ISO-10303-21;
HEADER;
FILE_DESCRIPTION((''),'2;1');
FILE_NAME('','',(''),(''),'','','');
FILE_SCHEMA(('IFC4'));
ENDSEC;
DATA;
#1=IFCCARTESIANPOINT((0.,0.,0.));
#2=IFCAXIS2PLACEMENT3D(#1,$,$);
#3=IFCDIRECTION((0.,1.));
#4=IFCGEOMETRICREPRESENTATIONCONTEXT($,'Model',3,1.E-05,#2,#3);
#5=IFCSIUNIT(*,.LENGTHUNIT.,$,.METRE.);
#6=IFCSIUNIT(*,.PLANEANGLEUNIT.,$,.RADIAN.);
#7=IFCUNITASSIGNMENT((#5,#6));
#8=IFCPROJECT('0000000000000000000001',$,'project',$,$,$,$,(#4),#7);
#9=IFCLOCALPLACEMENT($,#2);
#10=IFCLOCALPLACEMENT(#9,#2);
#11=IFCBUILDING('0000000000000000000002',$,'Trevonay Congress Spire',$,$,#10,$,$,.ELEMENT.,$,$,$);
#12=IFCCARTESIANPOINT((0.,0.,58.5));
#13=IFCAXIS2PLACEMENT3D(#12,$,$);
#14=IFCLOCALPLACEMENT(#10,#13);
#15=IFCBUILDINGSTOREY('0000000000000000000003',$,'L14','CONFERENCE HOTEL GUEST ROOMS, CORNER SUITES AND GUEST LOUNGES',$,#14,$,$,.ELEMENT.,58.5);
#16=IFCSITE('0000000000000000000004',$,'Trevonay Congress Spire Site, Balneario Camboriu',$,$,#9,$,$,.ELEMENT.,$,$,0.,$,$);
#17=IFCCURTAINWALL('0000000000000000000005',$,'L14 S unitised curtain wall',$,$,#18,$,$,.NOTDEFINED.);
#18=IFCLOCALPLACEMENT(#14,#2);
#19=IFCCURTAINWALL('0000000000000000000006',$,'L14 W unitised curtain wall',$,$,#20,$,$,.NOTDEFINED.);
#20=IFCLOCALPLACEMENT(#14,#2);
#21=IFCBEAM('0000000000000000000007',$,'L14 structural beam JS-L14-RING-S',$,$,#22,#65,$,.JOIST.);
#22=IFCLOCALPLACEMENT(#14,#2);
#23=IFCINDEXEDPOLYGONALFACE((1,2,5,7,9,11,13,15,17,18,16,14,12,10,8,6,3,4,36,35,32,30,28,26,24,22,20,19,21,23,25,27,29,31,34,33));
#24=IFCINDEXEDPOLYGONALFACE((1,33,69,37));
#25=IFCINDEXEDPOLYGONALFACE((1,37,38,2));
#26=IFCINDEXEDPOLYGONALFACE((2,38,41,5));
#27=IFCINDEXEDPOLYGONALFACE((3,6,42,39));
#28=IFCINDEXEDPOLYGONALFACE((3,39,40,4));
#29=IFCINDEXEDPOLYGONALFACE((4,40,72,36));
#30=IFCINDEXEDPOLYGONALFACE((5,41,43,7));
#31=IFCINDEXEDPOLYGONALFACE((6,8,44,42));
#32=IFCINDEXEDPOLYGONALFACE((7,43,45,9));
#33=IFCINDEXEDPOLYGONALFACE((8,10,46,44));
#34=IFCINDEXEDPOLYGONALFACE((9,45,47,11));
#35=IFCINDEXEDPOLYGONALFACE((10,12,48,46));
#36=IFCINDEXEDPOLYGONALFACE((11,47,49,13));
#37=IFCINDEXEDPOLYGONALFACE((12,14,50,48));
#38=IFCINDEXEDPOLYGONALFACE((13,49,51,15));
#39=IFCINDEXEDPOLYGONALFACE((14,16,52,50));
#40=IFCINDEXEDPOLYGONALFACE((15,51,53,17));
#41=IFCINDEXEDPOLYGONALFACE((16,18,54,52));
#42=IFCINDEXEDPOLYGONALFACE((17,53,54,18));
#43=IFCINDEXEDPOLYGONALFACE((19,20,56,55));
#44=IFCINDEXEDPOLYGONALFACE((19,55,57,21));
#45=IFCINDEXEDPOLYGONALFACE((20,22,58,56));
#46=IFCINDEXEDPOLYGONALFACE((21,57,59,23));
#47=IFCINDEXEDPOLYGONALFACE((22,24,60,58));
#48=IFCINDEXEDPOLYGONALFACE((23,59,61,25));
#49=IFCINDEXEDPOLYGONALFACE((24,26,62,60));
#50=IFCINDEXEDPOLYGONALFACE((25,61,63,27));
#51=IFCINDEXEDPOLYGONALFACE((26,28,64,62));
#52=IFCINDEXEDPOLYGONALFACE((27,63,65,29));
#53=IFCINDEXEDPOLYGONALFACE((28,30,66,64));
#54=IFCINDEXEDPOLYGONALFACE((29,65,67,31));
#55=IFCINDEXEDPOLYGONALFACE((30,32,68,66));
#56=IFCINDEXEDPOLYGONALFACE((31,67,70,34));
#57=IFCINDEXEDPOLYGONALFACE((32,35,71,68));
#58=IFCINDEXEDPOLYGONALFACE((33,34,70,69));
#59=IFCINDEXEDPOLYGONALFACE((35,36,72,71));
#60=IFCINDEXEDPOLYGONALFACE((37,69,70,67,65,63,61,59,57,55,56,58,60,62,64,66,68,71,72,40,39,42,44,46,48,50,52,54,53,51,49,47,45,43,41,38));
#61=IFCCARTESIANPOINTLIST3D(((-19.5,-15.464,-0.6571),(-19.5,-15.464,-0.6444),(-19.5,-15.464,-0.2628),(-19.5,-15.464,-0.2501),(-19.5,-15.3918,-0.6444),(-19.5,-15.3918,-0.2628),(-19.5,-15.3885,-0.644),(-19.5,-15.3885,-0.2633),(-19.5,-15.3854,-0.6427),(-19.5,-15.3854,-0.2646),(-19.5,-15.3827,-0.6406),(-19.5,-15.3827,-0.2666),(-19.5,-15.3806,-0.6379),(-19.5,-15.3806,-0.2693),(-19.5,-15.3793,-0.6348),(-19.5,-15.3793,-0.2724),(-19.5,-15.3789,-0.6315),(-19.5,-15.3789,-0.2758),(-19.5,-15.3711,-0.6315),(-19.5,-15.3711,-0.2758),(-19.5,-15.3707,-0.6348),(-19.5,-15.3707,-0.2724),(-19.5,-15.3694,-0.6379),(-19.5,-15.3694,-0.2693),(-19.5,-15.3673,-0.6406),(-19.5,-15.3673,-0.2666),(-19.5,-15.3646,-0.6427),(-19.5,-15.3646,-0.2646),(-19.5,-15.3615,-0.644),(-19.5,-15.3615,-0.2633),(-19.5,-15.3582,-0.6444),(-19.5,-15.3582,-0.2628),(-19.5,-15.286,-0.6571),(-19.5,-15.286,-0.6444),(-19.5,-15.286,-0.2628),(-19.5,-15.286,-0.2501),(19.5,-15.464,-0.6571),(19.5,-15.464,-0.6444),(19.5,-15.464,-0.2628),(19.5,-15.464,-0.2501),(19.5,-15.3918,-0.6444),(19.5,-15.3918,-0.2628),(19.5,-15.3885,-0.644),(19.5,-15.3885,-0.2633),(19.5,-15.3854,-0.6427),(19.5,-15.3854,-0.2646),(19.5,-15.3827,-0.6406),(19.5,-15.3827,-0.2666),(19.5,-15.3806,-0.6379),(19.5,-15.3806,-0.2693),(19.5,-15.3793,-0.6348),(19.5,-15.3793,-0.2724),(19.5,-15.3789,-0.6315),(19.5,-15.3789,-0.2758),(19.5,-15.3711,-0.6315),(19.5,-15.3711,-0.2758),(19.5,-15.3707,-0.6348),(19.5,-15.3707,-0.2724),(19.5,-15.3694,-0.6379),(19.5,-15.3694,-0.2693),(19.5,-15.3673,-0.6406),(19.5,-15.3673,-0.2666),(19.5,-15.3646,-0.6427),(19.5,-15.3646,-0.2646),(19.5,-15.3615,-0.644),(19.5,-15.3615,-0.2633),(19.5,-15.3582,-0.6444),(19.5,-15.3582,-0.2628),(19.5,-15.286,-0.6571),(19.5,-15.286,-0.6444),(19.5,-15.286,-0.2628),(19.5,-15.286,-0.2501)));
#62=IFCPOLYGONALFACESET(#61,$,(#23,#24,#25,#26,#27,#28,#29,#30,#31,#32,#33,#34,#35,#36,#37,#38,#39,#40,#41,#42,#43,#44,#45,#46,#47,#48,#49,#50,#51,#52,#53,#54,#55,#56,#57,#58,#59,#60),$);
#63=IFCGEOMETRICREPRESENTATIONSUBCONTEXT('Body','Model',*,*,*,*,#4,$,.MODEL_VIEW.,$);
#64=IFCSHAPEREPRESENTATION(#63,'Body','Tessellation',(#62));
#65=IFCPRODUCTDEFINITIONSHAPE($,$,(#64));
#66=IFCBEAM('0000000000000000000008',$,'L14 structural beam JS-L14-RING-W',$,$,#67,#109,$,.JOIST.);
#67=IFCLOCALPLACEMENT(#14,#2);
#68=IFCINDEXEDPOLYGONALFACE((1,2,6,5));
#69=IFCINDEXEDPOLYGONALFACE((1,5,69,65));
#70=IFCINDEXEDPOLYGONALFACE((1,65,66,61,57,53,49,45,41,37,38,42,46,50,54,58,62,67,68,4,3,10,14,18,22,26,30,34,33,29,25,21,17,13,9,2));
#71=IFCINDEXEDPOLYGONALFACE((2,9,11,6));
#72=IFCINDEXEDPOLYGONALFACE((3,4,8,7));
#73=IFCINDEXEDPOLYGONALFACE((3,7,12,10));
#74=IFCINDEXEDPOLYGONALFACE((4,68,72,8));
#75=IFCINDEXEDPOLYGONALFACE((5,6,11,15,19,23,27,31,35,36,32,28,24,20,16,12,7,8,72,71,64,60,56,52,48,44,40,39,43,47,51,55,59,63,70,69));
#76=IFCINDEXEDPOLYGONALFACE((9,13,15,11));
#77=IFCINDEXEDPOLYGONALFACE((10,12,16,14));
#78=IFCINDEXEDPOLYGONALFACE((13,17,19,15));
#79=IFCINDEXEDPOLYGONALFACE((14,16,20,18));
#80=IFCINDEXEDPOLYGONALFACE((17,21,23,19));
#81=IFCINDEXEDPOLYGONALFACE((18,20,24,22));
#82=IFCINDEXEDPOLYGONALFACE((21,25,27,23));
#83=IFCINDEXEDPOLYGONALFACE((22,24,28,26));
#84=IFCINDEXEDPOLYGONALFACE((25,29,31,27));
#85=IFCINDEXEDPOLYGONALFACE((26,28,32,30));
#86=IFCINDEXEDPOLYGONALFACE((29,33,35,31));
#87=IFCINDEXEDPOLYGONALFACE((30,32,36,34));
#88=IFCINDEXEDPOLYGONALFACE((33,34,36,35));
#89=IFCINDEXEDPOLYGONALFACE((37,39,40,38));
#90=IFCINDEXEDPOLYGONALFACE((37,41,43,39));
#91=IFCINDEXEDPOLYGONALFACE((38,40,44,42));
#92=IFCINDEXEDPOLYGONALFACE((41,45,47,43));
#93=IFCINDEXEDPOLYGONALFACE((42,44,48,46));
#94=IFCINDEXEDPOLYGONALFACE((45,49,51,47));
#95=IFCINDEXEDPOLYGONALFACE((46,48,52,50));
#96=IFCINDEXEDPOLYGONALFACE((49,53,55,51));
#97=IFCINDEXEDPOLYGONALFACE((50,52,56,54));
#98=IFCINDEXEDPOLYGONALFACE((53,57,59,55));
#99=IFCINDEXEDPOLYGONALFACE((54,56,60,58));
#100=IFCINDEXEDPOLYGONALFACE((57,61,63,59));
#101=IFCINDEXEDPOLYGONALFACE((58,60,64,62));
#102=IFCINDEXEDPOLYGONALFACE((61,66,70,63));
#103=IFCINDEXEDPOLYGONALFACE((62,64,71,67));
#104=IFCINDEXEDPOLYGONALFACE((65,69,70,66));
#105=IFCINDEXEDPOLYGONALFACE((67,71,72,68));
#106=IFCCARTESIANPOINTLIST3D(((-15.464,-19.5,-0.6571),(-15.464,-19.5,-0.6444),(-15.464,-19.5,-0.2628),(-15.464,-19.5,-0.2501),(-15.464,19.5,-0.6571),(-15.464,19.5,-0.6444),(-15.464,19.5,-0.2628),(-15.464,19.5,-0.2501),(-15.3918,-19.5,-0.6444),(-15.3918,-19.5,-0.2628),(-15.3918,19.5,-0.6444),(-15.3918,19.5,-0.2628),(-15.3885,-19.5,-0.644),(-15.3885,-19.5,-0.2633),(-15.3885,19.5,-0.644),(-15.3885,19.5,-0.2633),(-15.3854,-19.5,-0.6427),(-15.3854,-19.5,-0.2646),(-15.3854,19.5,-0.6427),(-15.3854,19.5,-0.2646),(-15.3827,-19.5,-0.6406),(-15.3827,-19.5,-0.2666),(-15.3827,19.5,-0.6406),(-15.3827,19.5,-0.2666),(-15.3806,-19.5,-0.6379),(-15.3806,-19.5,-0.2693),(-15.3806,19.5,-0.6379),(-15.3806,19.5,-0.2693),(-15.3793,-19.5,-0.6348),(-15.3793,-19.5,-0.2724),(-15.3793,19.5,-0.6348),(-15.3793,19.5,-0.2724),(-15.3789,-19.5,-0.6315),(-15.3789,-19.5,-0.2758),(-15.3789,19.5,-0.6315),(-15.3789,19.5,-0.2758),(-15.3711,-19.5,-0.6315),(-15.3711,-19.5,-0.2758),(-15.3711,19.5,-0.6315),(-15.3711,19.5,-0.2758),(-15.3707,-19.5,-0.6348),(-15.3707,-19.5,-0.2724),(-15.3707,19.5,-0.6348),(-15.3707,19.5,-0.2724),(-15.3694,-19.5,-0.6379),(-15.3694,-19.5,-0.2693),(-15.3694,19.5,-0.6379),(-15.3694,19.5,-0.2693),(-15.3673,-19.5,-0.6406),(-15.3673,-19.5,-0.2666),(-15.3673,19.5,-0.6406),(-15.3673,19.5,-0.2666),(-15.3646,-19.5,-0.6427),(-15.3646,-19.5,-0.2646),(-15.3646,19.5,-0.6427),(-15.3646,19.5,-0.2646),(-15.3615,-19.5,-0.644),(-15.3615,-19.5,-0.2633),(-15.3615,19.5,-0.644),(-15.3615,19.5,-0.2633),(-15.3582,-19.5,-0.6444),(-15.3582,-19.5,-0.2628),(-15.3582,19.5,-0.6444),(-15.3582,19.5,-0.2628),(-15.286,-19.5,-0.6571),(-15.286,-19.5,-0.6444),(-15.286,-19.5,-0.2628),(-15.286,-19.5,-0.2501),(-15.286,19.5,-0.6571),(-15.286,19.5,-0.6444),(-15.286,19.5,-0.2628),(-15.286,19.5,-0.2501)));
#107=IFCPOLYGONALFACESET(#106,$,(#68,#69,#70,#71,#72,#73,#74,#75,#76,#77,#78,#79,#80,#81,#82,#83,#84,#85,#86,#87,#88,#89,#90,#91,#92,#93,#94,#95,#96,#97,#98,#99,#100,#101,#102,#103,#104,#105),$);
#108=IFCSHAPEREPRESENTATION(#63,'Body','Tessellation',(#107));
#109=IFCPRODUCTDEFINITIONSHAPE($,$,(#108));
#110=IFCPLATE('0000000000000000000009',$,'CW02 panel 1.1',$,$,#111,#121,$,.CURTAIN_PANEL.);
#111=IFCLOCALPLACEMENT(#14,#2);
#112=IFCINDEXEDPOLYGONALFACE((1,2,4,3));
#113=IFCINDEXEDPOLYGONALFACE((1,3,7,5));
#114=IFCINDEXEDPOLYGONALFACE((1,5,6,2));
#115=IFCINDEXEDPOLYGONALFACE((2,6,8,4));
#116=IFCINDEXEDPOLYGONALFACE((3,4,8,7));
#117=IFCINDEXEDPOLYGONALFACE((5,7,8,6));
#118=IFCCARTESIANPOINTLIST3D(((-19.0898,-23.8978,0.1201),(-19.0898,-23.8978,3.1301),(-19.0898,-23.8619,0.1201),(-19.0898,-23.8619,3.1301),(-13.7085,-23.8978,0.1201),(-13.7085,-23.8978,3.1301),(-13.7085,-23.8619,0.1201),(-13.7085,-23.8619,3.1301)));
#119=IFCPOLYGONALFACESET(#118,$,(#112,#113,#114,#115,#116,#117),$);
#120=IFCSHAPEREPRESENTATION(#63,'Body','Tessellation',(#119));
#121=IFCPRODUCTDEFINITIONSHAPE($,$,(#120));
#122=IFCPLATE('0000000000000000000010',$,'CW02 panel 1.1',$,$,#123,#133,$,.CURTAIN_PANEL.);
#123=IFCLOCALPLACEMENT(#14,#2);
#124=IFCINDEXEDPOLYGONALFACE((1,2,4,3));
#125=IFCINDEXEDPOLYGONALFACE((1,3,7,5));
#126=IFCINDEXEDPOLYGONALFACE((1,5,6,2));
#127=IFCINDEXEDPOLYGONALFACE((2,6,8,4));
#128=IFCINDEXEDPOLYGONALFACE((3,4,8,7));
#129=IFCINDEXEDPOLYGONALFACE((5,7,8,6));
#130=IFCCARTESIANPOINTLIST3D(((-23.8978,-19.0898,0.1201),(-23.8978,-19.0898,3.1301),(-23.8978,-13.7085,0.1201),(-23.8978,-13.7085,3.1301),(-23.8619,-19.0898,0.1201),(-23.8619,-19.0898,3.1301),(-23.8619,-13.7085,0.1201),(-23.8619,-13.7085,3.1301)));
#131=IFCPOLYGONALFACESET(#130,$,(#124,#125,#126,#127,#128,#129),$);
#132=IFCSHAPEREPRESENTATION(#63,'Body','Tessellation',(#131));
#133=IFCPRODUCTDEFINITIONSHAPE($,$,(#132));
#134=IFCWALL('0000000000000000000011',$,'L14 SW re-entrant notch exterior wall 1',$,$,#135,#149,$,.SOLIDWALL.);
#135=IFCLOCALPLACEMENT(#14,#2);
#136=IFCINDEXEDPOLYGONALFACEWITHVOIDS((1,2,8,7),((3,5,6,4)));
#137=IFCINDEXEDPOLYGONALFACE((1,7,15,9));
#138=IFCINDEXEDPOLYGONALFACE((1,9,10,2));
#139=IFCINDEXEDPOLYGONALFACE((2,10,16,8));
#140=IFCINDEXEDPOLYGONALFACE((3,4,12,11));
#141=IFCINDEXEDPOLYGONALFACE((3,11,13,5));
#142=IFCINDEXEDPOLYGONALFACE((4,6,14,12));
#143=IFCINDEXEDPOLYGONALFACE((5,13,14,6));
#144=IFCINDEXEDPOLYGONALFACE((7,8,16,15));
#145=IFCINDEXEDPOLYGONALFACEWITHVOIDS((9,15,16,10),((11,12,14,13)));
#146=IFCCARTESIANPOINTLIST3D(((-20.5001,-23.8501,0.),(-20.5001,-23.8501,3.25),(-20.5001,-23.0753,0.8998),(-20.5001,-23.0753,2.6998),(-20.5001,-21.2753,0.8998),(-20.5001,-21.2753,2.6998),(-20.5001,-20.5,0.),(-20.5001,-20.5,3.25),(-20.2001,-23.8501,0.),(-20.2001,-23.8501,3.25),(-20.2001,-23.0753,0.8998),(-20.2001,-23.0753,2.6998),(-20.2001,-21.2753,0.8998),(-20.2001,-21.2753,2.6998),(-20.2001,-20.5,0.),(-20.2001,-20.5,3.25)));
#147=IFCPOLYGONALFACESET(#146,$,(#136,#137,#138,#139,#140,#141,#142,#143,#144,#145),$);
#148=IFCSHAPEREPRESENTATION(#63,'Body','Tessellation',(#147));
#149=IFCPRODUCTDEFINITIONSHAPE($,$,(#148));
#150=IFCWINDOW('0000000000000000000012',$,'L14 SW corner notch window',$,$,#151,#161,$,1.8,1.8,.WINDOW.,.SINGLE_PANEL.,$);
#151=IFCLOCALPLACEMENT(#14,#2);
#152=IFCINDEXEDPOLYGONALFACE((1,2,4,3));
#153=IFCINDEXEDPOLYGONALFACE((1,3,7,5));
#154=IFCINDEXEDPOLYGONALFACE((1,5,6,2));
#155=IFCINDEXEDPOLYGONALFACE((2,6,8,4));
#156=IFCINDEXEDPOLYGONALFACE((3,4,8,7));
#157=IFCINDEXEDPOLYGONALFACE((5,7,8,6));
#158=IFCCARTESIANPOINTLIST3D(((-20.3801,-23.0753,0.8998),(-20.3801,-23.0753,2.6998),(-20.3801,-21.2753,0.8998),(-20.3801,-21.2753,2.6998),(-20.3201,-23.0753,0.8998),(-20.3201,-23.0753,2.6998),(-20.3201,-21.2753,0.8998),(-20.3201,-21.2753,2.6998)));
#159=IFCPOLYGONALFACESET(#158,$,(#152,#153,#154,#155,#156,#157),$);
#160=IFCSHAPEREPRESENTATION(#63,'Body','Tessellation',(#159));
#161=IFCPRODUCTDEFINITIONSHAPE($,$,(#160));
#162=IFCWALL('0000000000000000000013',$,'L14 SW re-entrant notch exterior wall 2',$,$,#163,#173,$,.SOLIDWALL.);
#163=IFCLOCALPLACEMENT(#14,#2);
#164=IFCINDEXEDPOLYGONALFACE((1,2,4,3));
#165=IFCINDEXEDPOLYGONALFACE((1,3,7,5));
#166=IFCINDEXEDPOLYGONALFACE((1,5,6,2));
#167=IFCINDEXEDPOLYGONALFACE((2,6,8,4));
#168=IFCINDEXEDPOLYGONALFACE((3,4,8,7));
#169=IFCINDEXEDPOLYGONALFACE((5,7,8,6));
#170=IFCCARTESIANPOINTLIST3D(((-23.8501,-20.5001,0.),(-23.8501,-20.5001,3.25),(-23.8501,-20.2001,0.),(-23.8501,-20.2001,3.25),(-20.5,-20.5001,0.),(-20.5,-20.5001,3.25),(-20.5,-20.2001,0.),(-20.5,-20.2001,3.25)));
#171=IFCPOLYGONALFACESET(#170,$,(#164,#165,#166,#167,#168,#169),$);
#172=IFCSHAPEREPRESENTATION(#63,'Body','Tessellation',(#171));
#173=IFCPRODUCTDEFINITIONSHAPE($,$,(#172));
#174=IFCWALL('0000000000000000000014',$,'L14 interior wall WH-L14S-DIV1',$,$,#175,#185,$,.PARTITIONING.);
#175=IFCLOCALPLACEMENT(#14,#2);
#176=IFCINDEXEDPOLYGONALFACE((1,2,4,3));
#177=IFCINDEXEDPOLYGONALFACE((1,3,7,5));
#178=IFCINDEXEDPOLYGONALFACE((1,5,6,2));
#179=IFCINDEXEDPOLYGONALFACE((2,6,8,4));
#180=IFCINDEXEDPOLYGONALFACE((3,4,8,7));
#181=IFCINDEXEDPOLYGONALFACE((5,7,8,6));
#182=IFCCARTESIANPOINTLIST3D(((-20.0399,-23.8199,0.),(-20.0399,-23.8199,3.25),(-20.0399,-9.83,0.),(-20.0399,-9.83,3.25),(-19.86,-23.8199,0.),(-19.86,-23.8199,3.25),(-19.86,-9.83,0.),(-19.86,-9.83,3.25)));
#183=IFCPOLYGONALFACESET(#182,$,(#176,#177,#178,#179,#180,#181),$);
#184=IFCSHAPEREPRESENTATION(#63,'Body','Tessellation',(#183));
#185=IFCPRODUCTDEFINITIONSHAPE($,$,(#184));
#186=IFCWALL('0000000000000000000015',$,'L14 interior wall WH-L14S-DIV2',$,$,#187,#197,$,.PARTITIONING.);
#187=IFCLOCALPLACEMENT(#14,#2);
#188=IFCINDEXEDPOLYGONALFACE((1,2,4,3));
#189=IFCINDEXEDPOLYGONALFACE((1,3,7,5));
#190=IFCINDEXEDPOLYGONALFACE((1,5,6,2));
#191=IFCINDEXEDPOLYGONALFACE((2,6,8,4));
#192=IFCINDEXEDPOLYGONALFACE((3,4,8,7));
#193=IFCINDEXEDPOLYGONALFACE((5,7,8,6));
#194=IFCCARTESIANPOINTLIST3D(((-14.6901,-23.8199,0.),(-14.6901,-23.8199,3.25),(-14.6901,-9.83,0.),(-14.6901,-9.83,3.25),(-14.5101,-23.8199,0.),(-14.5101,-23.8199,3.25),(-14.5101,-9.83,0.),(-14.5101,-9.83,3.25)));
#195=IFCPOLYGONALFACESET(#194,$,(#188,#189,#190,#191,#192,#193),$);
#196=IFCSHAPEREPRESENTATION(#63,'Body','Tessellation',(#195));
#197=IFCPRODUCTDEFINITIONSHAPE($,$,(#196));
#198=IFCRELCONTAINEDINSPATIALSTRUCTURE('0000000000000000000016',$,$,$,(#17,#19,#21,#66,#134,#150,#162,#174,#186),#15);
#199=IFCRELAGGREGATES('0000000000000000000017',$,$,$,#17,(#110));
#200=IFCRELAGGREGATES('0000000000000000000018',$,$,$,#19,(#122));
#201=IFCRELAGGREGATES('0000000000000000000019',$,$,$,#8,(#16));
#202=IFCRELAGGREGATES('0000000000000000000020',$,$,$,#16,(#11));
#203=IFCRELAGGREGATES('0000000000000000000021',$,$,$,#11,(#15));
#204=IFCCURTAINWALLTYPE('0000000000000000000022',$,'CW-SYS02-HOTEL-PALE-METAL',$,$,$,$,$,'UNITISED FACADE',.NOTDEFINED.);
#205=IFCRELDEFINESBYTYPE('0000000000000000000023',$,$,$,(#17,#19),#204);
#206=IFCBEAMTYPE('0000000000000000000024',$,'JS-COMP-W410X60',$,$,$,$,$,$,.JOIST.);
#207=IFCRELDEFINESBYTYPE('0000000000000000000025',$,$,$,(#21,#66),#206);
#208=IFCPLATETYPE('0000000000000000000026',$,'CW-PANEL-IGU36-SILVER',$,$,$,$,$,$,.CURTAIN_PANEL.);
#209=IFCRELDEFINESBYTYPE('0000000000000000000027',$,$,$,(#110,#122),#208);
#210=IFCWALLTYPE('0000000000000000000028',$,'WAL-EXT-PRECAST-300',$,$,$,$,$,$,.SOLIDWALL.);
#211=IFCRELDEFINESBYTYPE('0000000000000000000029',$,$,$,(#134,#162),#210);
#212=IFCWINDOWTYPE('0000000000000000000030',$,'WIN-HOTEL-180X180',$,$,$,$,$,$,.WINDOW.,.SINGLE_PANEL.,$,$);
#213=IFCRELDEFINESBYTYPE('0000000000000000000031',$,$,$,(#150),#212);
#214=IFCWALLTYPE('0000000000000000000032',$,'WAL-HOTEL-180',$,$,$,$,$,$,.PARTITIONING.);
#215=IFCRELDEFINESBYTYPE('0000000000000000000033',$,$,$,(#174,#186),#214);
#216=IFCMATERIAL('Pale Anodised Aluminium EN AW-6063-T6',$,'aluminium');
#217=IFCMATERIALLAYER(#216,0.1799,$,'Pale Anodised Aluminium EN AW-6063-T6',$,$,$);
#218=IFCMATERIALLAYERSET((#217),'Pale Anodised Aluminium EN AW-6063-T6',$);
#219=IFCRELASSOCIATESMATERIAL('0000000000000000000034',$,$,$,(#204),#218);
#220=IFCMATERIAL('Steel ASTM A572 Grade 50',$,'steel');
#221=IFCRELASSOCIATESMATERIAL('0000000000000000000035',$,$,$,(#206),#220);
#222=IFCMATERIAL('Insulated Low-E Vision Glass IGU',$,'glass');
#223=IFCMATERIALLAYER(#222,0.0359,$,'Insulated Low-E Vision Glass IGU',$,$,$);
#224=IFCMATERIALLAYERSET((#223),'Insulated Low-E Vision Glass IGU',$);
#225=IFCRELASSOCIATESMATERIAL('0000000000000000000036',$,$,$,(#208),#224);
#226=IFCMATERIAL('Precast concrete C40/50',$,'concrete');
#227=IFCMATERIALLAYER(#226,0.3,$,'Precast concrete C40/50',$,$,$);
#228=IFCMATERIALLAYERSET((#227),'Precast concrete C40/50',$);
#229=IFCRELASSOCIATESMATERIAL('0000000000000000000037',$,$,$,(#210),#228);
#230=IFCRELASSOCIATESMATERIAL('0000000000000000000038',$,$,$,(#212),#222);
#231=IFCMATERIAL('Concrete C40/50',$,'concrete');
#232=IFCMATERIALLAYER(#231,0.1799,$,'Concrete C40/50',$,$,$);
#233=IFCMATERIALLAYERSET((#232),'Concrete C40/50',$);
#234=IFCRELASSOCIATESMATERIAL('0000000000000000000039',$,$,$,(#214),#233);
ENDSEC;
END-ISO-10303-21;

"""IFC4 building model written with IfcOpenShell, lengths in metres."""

from ifc_helpers import new_model, si_unit, direction, frame, frame_2d, origin, origin_2d, place, context, subcontext, project, spatial, rectangle, i_section, extrude, material, layer, layer_set, material_profile, profile_set, type_object, element, fill, aggregate, save


model = new_model("IFC4")

# Units and contexts
model_context = context("Model", 3, precision=1e-05, world=origin(), true_north=direction((0.0, 1.0)))
body_context = subcontext(model_context, "Body", "Model", "MODEL_VIEW")
ifc_project = project(units=[si_unit("LENGTHUNIT", "METRE"), si_unit("PLANEANGLEUNIT", "RADIAN")], contexts=[model_context])

# Site, building, storey
site_placement = place(None, origin())
site = spatial("IfcSite", under=ifc_project, at=site_placement, Name="Trevonay Congress Spire Site, Balneario Camboriu", CompositionType="ELEMENT", RefElevation=0.0)
building_placement = place(site_placement, origin())
building = spatial("IfcBuilding", under=site, at=building_placement, Name="Trevonay Congress Spire", CompositionType="ELEMENT")
storey_placement = place(building_placement, frame((0.0, 0.0, 58.5)))
storey = spatial("IfcBuildingStorey", under=building, at=storey_placement, Name="L14", Description="CONFERENCE HOTEL GUEST ROOMS, CORNER SUITES AND GUEST LOUNGES", CompositionType="ELEMENT", Elevation=58.5)

# Shared definitions
ifc_material_1 = material(Name="Steel ASTM A572 Grade 50", Category="steel")

# Curtain walls
ifc_material_2 = material(Name="Pale Anodised Aluminium EN AW-6063-T6", Category="aluminium")
ifc_layer_1 = layer(ifc_material_2, 0.1799, Name="Pale Anodised Aluminium EN AW-6063-T6")
ifc_layer_set_1 = layer_set([ifc_layer_1], Name="Pale Anodised Aluminium EN AW-6063-T6")
curtain_wall_type = type_object("IfcCurtainWallType", Name="CW-SYS02-HOTEL-PALE-METAL", ElementType="UNITISED FACADE", PredefinedType="NOTDEFINED", material=ifc_layer_set_1)
curtain_wall_1_placement = place(storey_placement, origin())
curtain_wall_1 = element("IfcCurtainWall", 1, at=curtain_wall_1_placement, inside=storey, type_object=curtain_wall_type, Name="L14 S unitised curtain wall", PredefinedType="NOTDEFINED")
curtain_wall_2_placement = place(storey_placement, origin())
curtain_wall_2 = element("IfcCurtainWall", 2, at=curtain_wall_2_placement, inside=storey, type_object=curtain_wall_type, Name="L14 W unitised curtain wall", PredefinedType="NOTDEFINED")

# Beams
ifc_material_profile_1 = material_profile(ifc_material_1, i_section(OverallWidth=0.178, OverallDepth=0.407, WebThickness=0.0078, FlangeThickness=0.0127, FilletRadius=0.0129, at=origin_2d()), Name="W410x60")
ifc_profile_set_1 = profile_set([ifc_material_profile_1], Name="Steel ASTM A572 Grade 50")
beam_type_1 = type_object("IfcBeamType", Name="JS-COMP-W410X60", PredefinedType="JOIST", material=ifc_profile_set_1)
for number, where, z_axis, x_axis, name in (
    (3, (-19.5, -15.375, -0.4536), (1.0, 0.0, 0.0), (0.0, 1.0, 0.0), "L14 structural beam JS-L14-RING-S"),
    (4, (-15.375, -19.5, -0.4536), (0.0, 1.0, 0.0), (-1.0, 0.0, 0.0), "L14 structural beam JS-L14-RING-W"),
):
    element("IfcBeam", number, at=place(storey_placement, frame(where, z_axis=z_axis, x_axis=x_axis)), inside=storey, type_object=beam_type_1, Name=name, PredefinedType="JOIST", context=body_context, shape_type="SweptSolid", body=[
        extrude(i_section(OverallWidth=0.178, OverallDepth=0.407, WebThickness=0.0078, FlangeThickness=0.0127, FilletRadius=0.0129, at=origin_2d()), origin(), (0.0, 0.0, 1.0), 39.0),
    ])

# Plates
ifc_material_3 = material(Name="Insulated Low-E Vision Glass IGU", Category="glass")
ifc_layer_2 = layer(ifc_material_3, 0.0359, Name="Insulated Low-E Vision Glass IGU")
ifc_layer_set_2 = layer_set([ifc_layer_2], Name="Insulated Low-E Vision Glass IGU")
plate_type = type_object("IfcPlateType", Name="CW-PANEL-IGU36-SILVER", PredefinedType="CURTAIN_PANEL", material=ifc_layer_set_2)
plate_1_placement = place(storey_placement, frame((-16.3992, -23.8799, 0.1201), z_axis=(0.0, 0.0, 1.0), x_axis=(1.0, 0.0, 0.0)))
plate_1 = element("IfcPlate", 5, at=plate_1_placement, type_object=plate_type, Name="CW02 panel 1.1", PredefinedType="CURTAIN_PANEL", context=body_context, shape_type="SweptSolid", body=[
    extrude(rectangle(XDim=5.3813, YDim=0.0359, at=origin_2d()), origin(), (0.0, 0.0, 1.0), 3.01),
])
aggregate(curtain_wall_1, [plate_1])
plate_2_placement = place(storey_placement, frame((-23.8799, -16.3992, 0.1201), z_axis=(0.0, 0.0, 1.0), x_axis=(0.0, 1.0, 0.0)))
plate_2 = element("IfcPlate", 6, at=plate_2_placement, type_object=plate_type, Name="CW02 panel 1.1", PredefinedType="CURTAIN_PANEL", context=body_context, shape_type="SweptSolid", body=[
    extrude(rectangle(XDim=5.3813, YDim=0.0359, at=origin_2d()), origin(), (0.0, 0.0, 1.0), 3.01),
])
aggregate(curtain_wall_2, [plate_2])

# Wall, opening, window
ifc_material_4 = material(Name="Precast concrete C40/50", Category="concrete")
ifc_layer_3 = layer(ifc_material_4, 0.3, Name="Precast concrete C40/50")
ifc_layer_set_3 = layer_set([ifc_layer_3], Name="Precast concrete C40/50")
wall_type_1 = type_object("IfcWallType", Name="WAL-EXT-PRECAST-300", PredefinedType="SOLIDWALL", material=ifc_layer_set_3)
wall_1_placement = place(storey_placement, frame((-20.3501, -23.8501, 0.0), z_axis=(0.0, 0.0, 1.0), x_axis=(0.0, 1.0, 0.0)))
wall_1 = element("IfcWall", 7, at=wall_1_placement, inside=storey, type_object=wall_type_1, Name="L14 SW re-entrant notch exterior wall 1", PredefinedType="SOLIDWALL", context=body_context, shape_type="SweptSolid", body=[
    extrude(rectangle(XDim=3.3501, YDim=0.3, at=frame_2d((1.675, 0.0))), origin(), (0.0, 0.0, 1.0), 3.25),
])
opening_placement = place(wall_1_placement, frame((0.7749, 0.0, 0.8999)))
opening = element("IfcOpeningElement", 8, at=opening_placement, cuts=wall_1, PredefinedType="OPENING", context=body_context, shape_type="SweptSolid", body=[
    extrude(rectangle(XDim=1.8, YDim=1.8, at=frame_2d((0.8999, 0.8999))), frame((0.0, 0.1602, 0.0), z_axis=(0.0, -1.0, 0.0), x_axis=(1.0, 0.0, 0.0)), (0.0, 0.0, 1.0), 0.3201),
])
window_type = type_object("IfcWindowType", Name="WIN-HOTEL-180X180", PartitioningType="SINGLE_PANEL", PredefinedType="WINDOW", material=ifc_material_3)
window_placement = place(opening_placement, origin())
window = element("IfcWindow", 9, at=window_placement, inside=storey, type_object=window_type, Name="L14 SW corner notch window", OverallHeight=1.8, OverallWidth=1.8, PartitioningType="SINGLE_PANEL", PredefinedType="WINDOW", context=body_context, shape_type="SweptSolid", body=[
    extrude(rectangle(XDim=1.8, YDim=1.8, at=frame_2d((0.8999, 0.8999))), frame((0.0, 0.03, 0.0), z_axis=(0.0, -1.0, 0.0), x_axis=(1.0, 0.0, 0.0)), (0.0, 0.0, 1.0), 0.0601),
])
fill(opening, window)

# Walls
wall_2_placement = place(storey_placement, frame((-23.8501, -20.3501, 0.0), z_axis=(0.0, 0.0, 1.0), x_axis=(1.0, 0.0, 0.0)))
element("IfcWall", 10, at=wall_2_placement, inside=storey, type_object=wall_type_1, Name="L14 SW re-entrant notch exterior wall 2", PredefinedType="SOLIDWALL", context=body_context, shape_type="SweptSolid", body=[
    extrude(rectangle(XDim=3.3501, YDim=0.3, at=frame_2d((1.675, 0.0))), origin(), (0.0, 0.0, 1.0), 3.25),
])
ifc_material_5 = material(Name="Concrete C40/50", Category="concrete")
ifc_layer_4 = layer(ifc_material_5, 0.1799, Name="Concrete C40/50")
ifc_layer_set_4 = layer_set([ifc_layer_4], Name="Concrete C40/50")
wall_type_2 = type_object("IfcWallType", Name="WAL-HOTEL-180", PredefinedType="PARTITIONING", material=ifc_layer_set_4)
for number, where, z_axis, x_axis, name in (
    (11, (-19.95, -23.8201, 0.0), (0.0, 0.0, 1.0), (0.0, 1.0, 0.0), "L14 interior wall WH-L14S-DIV1"),
    (12, (-14.6001, -23.8201, 0.0), (0.0, 0.0, 1.0), (0.0, 1.0, 0.0), "L14 interior wall WH-L14S-DIV2"),
):
    element("IfcWall", number, at=place(storey_placement, frame(where, z_axis=z_axis, x_axis=x_axis)), inside=storey, type_object=wall_type_2, Name=name, PredefinedType="PARTITIONING", context=body_context, shape_type="SweptSolid", body=[
        extrude(rectangle(XDim=13.99, YDim=0.1799, at=frame_2d((6.9951, 0.0))), origin(), (0.0, 0.0, 1.0), 3.25),
    ])

save(model, "model.ifc")
